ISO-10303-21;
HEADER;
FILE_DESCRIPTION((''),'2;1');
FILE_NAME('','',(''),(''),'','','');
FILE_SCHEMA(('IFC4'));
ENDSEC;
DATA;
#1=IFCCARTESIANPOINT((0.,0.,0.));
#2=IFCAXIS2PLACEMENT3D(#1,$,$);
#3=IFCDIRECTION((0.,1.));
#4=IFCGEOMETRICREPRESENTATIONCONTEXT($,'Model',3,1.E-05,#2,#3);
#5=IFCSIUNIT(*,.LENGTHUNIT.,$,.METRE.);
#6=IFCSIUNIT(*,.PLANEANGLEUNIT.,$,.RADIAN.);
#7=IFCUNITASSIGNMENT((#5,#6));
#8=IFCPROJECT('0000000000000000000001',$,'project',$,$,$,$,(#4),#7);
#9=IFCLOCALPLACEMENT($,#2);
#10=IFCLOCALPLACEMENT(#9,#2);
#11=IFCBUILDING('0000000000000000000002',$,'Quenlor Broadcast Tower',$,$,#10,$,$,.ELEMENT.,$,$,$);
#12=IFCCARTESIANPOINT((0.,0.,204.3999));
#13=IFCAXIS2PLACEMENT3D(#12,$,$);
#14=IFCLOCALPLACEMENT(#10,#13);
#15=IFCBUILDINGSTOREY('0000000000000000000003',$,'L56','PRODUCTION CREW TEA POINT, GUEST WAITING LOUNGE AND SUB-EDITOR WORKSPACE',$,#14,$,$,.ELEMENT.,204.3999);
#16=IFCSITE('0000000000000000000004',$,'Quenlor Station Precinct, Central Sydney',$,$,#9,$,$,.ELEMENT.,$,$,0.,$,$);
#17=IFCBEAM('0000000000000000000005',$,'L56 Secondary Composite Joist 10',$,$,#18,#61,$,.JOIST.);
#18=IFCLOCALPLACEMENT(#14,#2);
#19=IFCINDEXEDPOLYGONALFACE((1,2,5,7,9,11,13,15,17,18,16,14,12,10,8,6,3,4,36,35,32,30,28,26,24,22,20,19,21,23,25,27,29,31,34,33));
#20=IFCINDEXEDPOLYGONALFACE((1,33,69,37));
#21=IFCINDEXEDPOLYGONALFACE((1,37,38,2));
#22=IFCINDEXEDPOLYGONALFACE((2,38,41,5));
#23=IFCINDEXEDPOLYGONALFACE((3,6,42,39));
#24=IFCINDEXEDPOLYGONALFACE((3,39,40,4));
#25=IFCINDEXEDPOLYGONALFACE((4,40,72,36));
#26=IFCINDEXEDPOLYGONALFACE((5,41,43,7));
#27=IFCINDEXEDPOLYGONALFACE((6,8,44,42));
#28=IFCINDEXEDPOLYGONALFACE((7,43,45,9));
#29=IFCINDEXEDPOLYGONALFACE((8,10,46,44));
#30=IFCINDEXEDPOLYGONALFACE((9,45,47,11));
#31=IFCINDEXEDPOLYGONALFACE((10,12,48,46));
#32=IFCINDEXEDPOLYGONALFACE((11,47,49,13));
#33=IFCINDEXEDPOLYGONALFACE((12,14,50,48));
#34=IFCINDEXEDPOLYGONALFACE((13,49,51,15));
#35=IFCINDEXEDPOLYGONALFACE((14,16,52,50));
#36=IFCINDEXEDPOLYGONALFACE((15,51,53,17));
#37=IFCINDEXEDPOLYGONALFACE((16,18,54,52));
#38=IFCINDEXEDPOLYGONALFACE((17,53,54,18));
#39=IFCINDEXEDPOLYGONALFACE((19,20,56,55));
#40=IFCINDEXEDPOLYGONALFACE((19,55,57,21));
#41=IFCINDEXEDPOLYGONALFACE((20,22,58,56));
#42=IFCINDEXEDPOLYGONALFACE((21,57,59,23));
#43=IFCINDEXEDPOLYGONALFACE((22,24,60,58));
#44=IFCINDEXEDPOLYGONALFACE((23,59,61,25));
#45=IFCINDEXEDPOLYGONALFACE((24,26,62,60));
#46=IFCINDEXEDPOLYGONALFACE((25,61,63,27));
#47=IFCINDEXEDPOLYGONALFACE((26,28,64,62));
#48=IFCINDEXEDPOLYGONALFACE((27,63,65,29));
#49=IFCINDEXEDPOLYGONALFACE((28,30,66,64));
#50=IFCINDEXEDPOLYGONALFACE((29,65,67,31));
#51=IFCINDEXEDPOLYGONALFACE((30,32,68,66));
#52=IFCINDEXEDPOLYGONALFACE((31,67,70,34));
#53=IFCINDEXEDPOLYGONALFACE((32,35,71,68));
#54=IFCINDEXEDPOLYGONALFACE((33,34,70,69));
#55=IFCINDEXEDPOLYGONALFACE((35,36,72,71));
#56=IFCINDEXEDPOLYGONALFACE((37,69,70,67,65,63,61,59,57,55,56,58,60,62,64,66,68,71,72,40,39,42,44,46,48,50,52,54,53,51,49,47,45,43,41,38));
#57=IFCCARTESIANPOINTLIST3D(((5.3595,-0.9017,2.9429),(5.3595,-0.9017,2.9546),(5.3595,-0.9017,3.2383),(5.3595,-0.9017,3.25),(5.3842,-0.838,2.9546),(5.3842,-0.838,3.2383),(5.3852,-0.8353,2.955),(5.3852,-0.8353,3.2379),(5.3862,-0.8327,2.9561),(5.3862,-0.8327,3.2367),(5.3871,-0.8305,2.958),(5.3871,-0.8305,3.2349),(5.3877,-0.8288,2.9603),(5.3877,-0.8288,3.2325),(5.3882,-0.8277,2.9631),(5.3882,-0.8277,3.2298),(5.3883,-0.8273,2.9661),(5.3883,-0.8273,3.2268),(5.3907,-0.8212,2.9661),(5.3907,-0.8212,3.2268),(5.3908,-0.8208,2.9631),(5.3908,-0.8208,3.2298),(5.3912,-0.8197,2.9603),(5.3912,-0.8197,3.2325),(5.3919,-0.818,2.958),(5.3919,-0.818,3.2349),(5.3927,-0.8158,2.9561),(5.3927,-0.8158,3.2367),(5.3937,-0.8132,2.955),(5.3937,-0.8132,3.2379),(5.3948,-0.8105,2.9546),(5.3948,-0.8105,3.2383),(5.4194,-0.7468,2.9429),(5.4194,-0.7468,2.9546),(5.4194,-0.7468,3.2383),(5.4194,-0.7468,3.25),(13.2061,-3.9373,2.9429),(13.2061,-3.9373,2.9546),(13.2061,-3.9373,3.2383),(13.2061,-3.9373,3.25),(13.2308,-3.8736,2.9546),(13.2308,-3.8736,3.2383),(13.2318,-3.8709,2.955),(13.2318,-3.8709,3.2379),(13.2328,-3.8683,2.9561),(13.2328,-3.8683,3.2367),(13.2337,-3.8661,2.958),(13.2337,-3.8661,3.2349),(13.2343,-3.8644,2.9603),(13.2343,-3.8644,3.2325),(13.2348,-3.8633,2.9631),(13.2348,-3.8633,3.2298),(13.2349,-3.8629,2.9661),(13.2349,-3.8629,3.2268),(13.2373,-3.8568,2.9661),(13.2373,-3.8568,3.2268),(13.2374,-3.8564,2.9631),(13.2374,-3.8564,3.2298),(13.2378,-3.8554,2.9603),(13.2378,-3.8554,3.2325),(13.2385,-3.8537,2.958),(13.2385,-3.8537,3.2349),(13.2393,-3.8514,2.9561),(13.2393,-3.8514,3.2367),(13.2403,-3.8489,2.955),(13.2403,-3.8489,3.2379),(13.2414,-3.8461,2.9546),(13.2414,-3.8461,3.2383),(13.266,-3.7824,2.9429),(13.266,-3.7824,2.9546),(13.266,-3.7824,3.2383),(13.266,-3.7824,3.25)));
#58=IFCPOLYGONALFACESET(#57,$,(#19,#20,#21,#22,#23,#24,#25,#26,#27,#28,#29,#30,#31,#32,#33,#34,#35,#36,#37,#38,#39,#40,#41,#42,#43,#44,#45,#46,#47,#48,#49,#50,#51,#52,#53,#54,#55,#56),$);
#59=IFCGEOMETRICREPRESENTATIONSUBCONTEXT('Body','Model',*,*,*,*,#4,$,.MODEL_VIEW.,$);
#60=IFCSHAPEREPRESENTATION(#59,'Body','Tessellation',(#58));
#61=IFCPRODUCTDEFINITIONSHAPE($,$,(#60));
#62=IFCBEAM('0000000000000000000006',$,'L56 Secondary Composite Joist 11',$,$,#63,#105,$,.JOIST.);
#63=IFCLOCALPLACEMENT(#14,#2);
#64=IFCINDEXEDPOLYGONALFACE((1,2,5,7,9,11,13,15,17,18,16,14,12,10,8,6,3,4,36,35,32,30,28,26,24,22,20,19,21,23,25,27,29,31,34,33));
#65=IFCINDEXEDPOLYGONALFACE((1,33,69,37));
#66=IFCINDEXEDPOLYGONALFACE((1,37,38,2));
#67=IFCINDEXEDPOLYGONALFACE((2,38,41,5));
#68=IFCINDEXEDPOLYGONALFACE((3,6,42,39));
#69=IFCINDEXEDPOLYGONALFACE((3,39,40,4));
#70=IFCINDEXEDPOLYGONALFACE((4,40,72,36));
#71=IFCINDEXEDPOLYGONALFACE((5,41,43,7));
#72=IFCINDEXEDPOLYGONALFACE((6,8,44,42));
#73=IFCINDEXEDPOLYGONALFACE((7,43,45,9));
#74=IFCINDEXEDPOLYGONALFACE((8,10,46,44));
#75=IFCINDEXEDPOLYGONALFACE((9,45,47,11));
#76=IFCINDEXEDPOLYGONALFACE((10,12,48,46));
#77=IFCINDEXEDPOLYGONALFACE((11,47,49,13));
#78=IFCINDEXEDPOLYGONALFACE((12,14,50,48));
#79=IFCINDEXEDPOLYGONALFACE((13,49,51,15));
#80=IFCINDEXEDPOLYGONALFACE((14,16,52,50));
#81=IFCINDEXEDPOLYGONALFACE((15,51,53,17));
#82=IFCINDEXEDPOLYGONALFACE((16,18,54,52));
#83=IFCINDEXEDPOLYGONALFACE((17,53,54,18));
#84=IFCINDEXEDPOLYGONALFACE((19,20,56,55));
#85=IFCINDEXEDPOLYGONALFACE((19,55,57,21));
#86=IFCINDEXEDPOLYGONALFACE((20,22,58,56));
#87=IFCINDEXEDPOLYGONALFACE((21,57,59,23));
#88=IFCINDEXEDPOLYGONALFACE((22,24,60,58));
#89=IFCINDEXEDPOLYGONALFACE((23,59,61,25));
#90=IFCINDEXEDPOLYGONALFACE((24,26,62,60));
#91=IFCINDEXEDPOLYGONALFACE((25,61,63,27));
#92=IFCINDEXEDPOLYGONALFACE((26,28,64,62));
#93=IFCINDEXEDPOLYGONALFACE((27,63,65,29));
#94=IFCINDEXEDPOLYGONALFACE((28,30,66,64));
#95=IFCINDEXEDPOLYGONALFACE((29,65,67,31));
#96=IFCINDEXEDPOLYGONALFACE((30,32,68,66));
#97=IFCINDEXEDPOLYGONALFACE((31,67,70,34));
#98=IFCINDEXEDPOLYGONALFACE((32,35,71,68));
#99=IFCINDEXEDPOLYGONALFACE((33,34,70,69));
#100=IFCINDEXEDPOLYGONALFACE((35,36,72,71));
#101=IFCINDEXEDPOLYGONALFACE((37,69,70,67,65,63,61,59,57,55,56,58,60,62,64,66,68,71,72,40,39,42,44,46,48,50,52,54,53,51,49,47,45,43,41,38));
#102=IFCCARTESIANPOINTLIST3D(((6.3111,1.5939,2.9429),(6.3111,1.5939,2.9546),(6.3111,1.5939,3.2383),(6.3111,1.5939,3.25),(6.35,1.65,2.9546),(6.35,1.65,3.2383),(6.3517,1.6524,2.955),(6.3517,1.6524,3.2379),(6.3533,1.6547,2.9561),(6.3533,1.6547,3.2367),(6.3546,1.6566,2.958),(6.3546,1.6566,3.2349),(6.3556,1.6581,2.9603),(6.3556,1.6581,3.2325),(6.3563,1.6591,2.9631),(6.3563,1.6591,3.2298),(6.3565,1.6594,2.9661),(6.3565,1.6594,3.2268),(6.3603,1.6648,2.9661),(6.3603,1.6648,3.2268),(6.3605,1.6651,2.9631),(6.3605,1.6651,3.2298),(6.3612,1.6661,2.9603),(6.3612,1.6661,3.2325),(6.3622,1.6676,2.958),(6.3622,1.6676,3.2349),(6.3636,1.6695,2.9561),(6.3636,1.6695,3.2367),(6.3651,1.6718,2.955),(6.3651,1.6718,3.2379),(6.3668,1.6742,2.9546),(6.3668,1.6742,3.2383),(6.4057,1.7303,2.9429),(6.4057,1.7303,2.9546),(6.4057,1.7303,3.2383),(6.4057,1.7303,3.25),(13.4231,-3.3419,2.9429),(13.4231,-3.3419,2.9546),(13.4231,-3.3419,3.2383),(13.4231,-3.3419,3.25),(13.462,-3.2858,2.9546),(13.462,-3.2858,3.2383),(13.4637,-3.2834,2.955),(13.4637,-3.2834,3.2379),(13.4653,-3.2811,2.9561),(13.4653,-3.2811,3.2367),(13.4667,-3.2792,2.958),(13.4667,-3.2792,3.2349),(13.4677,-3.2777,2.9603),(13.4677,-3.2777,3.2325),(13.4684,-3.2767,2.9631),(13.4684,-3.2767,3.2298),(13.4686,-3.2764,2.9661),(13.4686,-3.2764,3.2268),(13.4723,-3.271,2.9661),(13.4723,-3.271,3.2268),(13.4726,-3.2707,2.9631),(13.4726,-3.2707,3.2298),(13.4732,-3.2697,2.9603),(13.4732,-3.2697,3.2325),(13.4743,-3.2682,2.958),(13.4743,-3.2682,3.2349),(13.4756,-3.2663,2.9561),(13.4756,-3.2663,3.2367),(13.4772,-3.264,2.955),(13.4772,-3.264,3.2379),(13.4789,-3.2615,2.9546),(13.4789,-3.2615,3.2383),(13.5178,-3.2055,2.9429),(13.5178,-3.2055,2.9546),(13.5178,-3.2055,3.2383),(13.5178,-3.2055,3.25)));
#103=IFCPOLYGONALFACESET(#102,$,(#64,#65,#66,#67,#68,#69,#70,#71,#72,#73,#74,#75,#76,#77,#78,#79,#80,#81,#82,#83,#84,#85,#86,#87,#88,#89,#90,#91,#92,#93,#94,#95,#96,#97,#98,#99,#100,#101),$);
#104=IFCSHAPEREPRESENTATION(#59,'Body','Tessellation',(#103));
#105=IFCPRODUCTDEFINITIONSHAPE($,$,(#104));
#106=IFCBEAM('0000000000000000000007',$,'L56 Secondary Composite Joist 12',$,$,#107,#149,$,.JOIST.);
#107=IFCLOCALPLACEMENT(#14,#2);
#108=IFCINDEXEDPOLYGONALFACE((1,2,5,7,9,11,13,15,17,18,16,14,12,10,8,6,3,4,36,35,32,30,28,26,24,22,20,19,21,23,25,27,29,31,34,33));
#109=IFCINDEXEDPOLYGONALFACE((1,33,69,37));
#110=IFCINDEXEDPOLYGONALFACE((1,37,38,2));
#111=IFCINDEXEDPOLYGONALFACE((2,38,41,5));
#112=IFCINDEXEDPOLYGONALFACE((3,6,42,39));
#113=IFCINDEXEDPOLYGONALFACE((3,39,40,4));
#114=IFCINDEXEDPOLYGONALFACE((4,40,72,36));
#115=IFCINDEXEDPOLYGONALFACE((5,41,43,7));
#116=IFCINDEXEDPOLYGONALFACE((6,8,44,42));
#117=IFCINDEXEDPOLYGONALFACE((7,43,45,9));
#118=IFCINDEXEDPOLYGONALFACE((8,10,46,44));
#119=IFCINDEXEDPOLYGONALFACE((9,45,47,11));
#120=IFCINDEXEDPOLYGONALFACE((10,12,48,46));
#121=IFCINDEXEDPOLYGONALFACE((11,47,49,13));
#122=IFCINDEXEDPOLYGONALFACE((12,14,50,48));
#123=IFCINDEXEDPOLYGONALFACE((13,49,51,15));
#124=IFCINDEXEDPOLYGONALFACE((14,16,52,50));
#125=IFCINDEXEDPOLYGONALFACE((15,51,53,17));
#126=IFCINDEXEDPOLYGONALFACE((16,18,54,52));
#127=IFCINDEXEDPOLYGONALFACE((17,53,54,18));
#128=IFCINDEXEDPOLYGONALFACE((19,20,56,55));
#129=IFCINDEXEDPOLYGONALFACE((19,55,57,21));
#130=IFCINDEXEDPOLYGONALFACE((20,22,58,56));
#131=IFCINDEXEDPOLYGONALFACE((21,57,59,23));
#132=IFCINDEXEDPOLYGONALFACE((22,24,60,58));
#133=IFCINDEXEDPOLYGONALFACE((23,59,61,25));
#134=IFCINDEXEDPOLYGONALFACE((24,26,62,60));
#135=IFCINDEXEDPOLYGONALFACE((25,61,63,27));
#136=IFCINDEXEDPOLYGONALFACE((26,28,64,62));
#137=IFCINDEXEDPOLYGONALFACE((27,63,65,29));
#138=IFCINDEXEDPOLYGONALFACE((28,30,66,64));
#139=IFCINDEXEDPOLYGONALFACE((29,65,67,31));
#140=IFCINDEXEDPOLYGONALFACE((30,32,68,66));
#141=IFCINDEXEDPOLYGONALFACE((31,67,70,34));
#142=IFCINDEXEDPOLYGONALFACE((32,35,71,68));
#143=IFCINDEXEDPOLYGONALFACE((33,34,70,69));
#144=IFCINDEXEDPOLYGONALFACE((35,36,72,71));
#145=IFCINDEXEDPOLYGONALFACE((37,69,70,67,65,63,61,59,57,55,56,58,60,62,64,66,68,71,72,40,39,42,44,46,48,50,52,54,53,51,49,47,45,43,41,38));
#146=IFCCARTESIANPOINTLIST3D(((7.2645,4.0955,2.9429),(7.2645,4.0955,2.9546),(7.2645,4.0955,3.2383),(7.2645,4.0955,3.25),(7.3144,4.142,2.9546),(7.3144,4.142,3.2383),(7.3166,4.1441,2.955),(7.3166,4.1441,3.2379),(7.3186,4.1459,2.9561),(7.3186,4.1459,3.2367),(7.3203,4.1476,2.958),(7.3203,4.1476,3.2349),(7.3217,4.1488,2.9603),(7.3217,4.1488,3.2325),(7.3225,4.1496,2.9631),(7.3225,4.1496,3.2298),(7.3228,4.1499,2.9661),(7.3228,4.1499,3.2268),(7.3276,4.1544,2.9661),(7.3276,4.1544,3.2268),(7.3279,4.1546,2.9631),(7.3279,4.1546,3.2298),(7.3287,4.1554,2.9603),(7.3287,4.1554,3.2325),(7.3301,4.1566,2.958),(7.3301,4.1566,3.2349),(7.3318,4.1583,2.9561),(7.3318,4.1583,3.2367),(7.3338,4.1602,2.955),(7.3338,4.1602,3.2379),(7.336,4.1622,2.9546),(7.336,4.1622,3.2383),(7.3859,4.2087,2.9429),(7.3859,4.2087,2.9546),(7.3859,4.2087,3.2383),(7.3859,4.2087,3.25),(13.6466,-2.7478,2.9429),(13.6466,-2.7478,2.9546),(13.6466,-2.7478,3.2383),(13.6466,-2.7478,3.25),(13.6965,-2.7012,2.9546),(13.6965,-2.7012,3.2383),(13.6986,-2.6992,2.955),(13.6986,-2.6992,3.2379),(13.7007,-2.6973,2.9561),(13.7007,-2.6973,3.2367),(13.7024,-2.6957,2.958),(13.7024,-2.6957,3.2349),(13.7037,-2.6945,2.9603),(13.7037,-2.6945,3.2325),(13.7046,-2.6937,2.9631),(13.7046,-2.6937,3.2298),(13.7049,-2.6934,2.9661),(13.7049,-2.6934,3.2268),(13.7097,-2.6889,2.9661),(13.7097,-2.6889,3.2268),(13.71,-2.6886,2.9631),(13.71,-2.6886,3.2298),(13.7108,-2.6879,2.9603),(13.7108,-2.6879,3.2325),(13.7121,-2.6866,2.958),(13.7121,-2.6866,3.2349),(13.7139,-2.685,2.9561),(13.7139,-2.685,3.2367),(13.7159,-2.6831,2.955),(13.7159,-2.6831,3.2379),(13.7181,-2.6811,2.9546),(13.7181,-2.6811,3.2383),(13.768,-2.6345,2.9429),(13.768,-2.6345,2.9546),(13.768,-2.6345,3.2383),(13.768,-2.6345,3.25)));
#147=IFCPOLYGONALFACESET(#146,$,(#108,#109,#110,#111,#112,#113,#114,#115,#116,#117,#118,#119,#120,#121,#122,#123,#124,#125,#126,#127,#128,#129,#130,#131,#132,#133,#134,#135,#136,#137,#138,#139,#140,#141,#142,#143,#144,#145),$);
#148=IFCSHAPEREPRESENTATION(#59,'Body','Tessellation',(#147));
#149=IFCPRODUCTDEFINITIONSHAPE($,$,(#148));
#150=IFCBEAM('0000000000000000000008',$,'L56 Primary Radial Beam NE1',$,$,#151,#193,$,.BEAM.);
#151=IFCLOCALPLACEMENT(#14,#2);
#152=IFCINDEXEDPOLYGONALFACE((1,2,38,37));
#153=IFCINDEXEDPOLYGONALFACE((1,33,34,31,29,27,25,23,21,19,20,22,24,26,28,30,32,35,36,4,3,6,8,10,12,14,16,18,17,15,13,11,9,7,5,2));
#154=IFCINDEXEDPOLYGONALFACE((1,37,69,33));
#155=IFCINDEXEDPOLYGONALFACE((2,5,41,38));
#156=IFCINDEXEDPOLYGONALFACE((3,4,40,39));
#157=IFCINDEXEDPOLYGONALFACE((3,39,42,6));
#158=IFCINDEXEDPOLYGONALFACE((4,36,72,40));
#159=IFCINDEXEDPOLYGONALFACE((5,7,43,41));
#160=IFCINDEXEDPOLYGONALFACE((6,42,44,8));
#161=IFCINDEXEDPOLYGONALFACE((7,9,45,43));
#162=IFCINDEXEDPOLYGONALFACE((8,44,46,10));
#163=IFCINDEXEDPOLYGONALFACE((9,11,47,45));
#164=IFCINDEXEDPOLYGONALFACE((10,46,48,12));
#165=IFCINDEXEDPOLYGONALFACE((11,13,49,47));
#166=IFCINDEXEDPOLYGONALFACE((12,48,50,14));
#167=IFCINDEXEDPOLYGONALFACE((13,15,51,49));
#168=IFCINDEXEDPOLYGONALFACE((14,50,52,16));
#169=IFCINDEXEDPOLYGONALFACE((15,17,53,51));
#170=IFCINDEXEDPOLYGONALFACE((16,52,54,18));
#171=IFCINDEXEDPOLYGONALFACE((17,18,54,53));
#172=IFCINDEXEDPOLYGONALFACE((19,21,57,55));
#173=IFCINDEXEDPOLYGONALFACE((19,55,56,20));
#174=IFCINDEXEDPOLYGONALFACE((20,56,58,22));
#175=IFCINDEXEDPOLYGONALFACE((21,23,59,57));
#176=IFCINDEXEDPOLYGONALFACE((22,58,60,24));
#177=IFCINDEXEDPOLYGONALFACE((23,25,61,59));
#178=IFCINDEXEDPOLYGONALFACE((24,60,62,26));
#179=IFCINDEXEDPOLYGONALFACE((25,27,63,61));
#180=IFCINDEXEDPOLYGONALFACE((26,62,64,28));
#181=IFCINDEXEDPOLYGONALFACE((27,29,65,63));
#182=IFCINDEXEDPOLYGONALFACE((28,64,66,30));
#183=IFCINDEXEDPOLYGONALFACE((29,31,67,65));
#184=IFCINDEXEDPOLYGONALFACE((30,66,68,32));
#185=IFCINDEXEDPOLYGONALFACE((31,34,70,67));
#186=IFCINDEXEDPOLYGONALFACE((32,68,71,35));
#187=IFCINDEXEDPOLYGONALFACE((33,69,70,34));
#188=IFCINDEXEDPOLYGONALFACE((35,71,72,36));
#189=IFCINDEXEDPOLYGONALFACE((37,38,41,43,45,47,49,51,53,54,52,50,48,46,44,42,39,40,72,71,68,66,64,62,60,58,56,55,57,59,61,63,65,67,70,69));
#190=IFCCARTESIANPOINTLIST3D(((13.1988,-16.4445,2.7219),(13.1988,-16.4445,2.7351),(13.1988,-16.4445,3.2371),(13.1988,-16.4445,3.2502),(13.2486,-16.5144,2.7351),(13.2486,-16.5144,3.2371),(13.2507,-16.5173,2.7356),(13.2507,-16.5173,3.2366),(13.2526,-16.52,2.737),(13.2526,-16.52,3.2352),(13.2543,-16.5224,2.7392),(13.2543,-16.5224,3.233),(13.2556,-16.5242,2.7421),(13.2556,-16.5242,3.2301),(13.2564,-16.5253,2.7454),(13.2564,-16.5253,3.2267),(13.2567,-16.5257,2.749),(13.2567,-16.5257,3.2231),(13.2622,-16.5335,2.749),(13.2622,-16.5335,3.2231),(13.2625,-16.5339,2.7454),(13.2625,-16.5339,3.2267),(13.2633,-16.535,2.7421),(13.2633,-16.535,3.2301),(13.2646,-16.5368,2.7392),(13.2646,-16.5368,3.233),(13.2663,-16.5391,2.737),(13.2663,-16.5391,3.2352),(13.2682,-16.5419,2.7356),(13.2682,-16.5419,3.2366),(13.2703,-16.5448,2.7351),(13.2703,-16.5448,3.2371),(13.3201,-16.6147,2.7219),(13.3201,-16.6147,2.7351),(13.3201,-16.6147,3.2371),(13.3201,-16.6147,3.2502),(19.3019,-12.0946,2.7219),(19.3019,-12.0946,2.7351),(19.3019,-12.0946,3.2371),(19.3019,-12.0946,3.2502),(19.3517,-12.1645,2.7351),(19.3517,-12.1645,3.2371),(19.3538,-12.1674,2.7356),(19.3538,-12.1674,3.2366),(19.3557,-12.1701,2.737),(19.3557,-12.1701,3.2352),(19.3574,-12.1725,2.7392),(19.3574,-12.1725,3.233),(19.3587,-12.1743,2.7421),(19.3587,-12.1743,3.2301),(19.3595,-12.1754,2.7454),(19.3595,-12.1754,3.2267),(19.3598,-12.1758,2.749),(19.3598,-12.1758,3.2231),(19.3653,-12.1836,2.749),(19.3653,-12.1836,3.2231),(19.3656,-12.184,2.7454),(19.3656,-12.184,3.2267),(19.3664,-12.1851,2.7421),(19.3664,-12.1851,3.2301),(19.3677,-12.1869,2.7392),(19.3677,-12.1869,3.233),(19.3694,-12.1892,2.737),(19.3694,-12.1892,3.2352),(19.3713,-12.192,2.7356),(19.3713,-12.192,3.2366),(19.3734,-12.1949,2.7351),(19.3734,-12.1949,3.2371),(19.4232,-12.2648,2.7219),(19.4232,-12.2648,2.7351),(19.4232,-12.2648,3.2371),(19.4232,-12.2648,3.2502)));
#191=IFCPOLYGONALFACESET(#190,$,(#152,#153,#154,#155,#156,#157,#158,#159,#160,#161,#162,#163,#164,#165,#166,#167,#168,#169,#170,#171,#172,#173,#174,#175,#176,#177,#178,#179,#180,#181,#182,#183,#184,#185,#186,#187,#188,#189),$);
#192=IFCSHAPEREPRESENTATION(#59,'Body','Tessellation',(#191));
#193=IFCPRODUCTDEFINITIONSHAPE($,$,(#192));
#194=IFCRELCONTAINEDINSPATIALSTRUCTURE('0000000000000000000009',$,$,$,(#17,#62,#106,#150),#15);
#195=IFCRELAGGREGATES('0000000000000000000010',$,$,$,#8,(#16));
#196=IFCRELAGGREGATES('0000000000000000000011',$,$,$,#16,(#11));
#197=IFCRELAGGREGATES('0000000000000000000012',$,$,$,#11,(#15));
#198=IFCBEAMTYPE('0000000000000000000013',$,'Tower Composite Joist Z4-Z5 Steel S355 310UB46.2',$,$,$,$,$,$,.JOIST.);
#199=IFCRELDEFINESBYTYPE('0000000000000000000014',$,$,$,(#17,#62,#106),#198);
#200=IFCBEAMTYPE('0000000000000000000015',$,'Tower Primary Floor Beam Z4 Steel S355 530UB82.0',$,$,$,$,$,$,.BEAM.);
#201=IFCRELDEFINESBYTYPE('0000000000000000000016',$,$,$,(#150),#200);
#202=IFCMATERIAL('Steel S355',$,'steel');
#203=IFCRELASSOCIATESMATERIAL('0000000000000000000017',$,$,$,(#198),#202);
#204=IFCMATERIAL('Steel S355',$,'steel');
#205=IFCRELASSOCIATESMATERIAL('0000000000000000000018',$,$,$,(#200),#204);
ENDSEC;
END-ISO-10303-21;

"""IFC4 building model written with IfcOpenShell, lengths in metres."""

from ifc_helpers import new_model, si_unit, direction, frame, origin, origin_2d, place, context, subcontext, project, spatial, i_section, extrude, material, material_profile, profile_set, type_object, element, save


model = new_model("IFC4")

# Units and contexts
model_context = context("Model", 3, precision=1e-05, world=origin(), true_north=direction((0.0, 1.0)))
body_context = subcontext(model_context, "Body", "Model", "MODEL_VIEW")
ifc_project = project(units=[si_unit("LENGTHUNIT", "METRE"), si_unit("PLANEANGLEUNIT", "RADIAN")], contexts=[model_context])

# Site, building, storey
site_placement = place(None, origin())
site = spatial("IfcSite", under=ifc_project, at=site_placement, Name="Quenlor Station Precinct, Central Sydney", CompositionType="ELEMENT", RefElevation=0.0)
building_placement = place(site_placement, origin())
building = spatial("IfcBuilding", under=site, at=building_placement, Name="Quenlor Broadcast Tower", CompositionType="ELEMENT")
storey_placement = place(building_placement, frame((0.0, 0.0, 204.3999)))
storey = spatial("IfcBuildingStorey", under=building, at=storey_placement, Name="L56", Description="PRODUCTION CREW TEA POINT, GUEST WAITING LOUNGE AND SUB-EDITOR WORKSPACE", CompositionType="ELEMENT", Elevation=204.3999)

# Beams
ifc_material_1 = material(Name="Steel S355", Category="steel")
ifc_material_profile_1 = material_profile(ifc_material_1, i_section(OverallWidth=0.166, OverallDepth=0.3071, WebThickness=0.0066, FlangeThickness=0.0117, FilletRadius=0.0115, at=origin_2d()))
ifc_profile_set_1 = profile_set([ifc_material_profile_1], Name="Steel S355 310UB46.2")
beam_type_1 = type_object("IfcBeamType", Name="Tower Composite Joist Z4-Z5 Steel S355 310UB46.2", PredefinedType="JOIST", material=ifc_profile_set_1)
beam_1_placement = place(storey_placement, frame((13.2361, -3.8599, 3.0964), z_axis=(-0.932639, 0.36081, 0.0), x_axis=(-0.36081, -0.932639, 0.0)))
element("IfcBeam", 1, at=beam_1_placement, inside=storey, type_object=beam_type_1, Name="L56 Secondary Composite Joist 10", PredefinedType="JOIST", context=body_context, shape_type="SweptSolid", body=[
    extrude(i_section(OverallWidth=0.166, OverallDepth=0.3071, WebThickness=0.0066, FlangeThickness=0.0117, FilletRadius=0.0115, at=origin_2d()), origin(), (0.0, 0.0, 1.0), 8.4133),
])
beam_2_placement = place(storey_placement, frame((13.4705, -3.2737, 3.0964), z_axis=(-0.82154, 0.570151, 0.0), x_axis=(-0.570151, -0.82154, 0.0)))
element("IfcBeam", 2, at=beam_2_placement, inside=storey, type_object=beam_type_1, Name="L56 Secondary Composite Joist 11", PredefinedType="JOIST", context=body_context, shape_type="SweptSolid", body=[
    extrude(i_section(OverallWidth=0.166, OverallDepth=0.3071, WebThickness=0.0066, FlangeThickness=0.0117, FilletRadius=0.0115, at=origin_2d()), origin(), (0.0, 0.0, 1.0), 8.657),
])
beam_3_placement = place(storey_placement, frame((13.7073, -2.6912, 3.0964), z_axis=(-0.682035, 0.73132, 0.0), x_axis=(-0.73132, -0.682035, 0.0)))
element("IfcBeam", 3, at=beam_3_placement, inside=storey, type_object=beam_type_1, Name="L56 Secondary Composite Joist 12", PredefinedType="JOIST", context=body_context, shape_type="SweptSolid", body=[
    extrude(i_section(OverallWidth=0.166, OverallDepth=0.3071, WebThickness=0.0066, FlangeThickness=0.0117, FilletRadius=0.0115, at=origin_2d()), origin(), (0.0, 0.0, 1.0), 9.3574),
])
ifc_material_2 = material(Name="Steel S355", Category="steel")
ifc_material_profile_2 = material_profile(ifc_material_2, i_section(OverallWidth=0.209, OverallDepth=0.5283, WebThickness=0.0095, FlangeThickness=0.0132, FilletRadius=0.0139, at=origin_2d()))
ifc_profile_set_2 = profile_set([ifc_material_profile_2], Name="Steel S355 530UB82.0")
beam_type_2 = type_object("IfcBeamType", Name="Tower Primary Floor Beam Z4 Steel S355 530UB82.0", PredefinedType="BEAM", material=ifc_profile_set_2)
beam_4_placement = place(storey_placement, frame((19.3625, -12.1797, 2.9861), z_axis=(-0.81433, -0.580403, 0.0), x_axis=(0.580403, -0.81433, 0.0)))
element("IfcBeam", 4, at=beam_4_placement, inside=storey, type_object=beam_type_2, Name="L56 Primary Radial Beam NE1", PredefinedType="BEAM", context=body_context, shape_type="SweptSolid", body=[
    extrude(i_section(OverallWidth=0.209, OverallDepth=0.5283, WebThickness=0.0095, FlangeThickness=0.0132, FilletRadius=0.0139, at=origin_2d()), origin(), (0.0, 0.0, 1.0), 7.4946),
])

save(model, "model.ifc")
